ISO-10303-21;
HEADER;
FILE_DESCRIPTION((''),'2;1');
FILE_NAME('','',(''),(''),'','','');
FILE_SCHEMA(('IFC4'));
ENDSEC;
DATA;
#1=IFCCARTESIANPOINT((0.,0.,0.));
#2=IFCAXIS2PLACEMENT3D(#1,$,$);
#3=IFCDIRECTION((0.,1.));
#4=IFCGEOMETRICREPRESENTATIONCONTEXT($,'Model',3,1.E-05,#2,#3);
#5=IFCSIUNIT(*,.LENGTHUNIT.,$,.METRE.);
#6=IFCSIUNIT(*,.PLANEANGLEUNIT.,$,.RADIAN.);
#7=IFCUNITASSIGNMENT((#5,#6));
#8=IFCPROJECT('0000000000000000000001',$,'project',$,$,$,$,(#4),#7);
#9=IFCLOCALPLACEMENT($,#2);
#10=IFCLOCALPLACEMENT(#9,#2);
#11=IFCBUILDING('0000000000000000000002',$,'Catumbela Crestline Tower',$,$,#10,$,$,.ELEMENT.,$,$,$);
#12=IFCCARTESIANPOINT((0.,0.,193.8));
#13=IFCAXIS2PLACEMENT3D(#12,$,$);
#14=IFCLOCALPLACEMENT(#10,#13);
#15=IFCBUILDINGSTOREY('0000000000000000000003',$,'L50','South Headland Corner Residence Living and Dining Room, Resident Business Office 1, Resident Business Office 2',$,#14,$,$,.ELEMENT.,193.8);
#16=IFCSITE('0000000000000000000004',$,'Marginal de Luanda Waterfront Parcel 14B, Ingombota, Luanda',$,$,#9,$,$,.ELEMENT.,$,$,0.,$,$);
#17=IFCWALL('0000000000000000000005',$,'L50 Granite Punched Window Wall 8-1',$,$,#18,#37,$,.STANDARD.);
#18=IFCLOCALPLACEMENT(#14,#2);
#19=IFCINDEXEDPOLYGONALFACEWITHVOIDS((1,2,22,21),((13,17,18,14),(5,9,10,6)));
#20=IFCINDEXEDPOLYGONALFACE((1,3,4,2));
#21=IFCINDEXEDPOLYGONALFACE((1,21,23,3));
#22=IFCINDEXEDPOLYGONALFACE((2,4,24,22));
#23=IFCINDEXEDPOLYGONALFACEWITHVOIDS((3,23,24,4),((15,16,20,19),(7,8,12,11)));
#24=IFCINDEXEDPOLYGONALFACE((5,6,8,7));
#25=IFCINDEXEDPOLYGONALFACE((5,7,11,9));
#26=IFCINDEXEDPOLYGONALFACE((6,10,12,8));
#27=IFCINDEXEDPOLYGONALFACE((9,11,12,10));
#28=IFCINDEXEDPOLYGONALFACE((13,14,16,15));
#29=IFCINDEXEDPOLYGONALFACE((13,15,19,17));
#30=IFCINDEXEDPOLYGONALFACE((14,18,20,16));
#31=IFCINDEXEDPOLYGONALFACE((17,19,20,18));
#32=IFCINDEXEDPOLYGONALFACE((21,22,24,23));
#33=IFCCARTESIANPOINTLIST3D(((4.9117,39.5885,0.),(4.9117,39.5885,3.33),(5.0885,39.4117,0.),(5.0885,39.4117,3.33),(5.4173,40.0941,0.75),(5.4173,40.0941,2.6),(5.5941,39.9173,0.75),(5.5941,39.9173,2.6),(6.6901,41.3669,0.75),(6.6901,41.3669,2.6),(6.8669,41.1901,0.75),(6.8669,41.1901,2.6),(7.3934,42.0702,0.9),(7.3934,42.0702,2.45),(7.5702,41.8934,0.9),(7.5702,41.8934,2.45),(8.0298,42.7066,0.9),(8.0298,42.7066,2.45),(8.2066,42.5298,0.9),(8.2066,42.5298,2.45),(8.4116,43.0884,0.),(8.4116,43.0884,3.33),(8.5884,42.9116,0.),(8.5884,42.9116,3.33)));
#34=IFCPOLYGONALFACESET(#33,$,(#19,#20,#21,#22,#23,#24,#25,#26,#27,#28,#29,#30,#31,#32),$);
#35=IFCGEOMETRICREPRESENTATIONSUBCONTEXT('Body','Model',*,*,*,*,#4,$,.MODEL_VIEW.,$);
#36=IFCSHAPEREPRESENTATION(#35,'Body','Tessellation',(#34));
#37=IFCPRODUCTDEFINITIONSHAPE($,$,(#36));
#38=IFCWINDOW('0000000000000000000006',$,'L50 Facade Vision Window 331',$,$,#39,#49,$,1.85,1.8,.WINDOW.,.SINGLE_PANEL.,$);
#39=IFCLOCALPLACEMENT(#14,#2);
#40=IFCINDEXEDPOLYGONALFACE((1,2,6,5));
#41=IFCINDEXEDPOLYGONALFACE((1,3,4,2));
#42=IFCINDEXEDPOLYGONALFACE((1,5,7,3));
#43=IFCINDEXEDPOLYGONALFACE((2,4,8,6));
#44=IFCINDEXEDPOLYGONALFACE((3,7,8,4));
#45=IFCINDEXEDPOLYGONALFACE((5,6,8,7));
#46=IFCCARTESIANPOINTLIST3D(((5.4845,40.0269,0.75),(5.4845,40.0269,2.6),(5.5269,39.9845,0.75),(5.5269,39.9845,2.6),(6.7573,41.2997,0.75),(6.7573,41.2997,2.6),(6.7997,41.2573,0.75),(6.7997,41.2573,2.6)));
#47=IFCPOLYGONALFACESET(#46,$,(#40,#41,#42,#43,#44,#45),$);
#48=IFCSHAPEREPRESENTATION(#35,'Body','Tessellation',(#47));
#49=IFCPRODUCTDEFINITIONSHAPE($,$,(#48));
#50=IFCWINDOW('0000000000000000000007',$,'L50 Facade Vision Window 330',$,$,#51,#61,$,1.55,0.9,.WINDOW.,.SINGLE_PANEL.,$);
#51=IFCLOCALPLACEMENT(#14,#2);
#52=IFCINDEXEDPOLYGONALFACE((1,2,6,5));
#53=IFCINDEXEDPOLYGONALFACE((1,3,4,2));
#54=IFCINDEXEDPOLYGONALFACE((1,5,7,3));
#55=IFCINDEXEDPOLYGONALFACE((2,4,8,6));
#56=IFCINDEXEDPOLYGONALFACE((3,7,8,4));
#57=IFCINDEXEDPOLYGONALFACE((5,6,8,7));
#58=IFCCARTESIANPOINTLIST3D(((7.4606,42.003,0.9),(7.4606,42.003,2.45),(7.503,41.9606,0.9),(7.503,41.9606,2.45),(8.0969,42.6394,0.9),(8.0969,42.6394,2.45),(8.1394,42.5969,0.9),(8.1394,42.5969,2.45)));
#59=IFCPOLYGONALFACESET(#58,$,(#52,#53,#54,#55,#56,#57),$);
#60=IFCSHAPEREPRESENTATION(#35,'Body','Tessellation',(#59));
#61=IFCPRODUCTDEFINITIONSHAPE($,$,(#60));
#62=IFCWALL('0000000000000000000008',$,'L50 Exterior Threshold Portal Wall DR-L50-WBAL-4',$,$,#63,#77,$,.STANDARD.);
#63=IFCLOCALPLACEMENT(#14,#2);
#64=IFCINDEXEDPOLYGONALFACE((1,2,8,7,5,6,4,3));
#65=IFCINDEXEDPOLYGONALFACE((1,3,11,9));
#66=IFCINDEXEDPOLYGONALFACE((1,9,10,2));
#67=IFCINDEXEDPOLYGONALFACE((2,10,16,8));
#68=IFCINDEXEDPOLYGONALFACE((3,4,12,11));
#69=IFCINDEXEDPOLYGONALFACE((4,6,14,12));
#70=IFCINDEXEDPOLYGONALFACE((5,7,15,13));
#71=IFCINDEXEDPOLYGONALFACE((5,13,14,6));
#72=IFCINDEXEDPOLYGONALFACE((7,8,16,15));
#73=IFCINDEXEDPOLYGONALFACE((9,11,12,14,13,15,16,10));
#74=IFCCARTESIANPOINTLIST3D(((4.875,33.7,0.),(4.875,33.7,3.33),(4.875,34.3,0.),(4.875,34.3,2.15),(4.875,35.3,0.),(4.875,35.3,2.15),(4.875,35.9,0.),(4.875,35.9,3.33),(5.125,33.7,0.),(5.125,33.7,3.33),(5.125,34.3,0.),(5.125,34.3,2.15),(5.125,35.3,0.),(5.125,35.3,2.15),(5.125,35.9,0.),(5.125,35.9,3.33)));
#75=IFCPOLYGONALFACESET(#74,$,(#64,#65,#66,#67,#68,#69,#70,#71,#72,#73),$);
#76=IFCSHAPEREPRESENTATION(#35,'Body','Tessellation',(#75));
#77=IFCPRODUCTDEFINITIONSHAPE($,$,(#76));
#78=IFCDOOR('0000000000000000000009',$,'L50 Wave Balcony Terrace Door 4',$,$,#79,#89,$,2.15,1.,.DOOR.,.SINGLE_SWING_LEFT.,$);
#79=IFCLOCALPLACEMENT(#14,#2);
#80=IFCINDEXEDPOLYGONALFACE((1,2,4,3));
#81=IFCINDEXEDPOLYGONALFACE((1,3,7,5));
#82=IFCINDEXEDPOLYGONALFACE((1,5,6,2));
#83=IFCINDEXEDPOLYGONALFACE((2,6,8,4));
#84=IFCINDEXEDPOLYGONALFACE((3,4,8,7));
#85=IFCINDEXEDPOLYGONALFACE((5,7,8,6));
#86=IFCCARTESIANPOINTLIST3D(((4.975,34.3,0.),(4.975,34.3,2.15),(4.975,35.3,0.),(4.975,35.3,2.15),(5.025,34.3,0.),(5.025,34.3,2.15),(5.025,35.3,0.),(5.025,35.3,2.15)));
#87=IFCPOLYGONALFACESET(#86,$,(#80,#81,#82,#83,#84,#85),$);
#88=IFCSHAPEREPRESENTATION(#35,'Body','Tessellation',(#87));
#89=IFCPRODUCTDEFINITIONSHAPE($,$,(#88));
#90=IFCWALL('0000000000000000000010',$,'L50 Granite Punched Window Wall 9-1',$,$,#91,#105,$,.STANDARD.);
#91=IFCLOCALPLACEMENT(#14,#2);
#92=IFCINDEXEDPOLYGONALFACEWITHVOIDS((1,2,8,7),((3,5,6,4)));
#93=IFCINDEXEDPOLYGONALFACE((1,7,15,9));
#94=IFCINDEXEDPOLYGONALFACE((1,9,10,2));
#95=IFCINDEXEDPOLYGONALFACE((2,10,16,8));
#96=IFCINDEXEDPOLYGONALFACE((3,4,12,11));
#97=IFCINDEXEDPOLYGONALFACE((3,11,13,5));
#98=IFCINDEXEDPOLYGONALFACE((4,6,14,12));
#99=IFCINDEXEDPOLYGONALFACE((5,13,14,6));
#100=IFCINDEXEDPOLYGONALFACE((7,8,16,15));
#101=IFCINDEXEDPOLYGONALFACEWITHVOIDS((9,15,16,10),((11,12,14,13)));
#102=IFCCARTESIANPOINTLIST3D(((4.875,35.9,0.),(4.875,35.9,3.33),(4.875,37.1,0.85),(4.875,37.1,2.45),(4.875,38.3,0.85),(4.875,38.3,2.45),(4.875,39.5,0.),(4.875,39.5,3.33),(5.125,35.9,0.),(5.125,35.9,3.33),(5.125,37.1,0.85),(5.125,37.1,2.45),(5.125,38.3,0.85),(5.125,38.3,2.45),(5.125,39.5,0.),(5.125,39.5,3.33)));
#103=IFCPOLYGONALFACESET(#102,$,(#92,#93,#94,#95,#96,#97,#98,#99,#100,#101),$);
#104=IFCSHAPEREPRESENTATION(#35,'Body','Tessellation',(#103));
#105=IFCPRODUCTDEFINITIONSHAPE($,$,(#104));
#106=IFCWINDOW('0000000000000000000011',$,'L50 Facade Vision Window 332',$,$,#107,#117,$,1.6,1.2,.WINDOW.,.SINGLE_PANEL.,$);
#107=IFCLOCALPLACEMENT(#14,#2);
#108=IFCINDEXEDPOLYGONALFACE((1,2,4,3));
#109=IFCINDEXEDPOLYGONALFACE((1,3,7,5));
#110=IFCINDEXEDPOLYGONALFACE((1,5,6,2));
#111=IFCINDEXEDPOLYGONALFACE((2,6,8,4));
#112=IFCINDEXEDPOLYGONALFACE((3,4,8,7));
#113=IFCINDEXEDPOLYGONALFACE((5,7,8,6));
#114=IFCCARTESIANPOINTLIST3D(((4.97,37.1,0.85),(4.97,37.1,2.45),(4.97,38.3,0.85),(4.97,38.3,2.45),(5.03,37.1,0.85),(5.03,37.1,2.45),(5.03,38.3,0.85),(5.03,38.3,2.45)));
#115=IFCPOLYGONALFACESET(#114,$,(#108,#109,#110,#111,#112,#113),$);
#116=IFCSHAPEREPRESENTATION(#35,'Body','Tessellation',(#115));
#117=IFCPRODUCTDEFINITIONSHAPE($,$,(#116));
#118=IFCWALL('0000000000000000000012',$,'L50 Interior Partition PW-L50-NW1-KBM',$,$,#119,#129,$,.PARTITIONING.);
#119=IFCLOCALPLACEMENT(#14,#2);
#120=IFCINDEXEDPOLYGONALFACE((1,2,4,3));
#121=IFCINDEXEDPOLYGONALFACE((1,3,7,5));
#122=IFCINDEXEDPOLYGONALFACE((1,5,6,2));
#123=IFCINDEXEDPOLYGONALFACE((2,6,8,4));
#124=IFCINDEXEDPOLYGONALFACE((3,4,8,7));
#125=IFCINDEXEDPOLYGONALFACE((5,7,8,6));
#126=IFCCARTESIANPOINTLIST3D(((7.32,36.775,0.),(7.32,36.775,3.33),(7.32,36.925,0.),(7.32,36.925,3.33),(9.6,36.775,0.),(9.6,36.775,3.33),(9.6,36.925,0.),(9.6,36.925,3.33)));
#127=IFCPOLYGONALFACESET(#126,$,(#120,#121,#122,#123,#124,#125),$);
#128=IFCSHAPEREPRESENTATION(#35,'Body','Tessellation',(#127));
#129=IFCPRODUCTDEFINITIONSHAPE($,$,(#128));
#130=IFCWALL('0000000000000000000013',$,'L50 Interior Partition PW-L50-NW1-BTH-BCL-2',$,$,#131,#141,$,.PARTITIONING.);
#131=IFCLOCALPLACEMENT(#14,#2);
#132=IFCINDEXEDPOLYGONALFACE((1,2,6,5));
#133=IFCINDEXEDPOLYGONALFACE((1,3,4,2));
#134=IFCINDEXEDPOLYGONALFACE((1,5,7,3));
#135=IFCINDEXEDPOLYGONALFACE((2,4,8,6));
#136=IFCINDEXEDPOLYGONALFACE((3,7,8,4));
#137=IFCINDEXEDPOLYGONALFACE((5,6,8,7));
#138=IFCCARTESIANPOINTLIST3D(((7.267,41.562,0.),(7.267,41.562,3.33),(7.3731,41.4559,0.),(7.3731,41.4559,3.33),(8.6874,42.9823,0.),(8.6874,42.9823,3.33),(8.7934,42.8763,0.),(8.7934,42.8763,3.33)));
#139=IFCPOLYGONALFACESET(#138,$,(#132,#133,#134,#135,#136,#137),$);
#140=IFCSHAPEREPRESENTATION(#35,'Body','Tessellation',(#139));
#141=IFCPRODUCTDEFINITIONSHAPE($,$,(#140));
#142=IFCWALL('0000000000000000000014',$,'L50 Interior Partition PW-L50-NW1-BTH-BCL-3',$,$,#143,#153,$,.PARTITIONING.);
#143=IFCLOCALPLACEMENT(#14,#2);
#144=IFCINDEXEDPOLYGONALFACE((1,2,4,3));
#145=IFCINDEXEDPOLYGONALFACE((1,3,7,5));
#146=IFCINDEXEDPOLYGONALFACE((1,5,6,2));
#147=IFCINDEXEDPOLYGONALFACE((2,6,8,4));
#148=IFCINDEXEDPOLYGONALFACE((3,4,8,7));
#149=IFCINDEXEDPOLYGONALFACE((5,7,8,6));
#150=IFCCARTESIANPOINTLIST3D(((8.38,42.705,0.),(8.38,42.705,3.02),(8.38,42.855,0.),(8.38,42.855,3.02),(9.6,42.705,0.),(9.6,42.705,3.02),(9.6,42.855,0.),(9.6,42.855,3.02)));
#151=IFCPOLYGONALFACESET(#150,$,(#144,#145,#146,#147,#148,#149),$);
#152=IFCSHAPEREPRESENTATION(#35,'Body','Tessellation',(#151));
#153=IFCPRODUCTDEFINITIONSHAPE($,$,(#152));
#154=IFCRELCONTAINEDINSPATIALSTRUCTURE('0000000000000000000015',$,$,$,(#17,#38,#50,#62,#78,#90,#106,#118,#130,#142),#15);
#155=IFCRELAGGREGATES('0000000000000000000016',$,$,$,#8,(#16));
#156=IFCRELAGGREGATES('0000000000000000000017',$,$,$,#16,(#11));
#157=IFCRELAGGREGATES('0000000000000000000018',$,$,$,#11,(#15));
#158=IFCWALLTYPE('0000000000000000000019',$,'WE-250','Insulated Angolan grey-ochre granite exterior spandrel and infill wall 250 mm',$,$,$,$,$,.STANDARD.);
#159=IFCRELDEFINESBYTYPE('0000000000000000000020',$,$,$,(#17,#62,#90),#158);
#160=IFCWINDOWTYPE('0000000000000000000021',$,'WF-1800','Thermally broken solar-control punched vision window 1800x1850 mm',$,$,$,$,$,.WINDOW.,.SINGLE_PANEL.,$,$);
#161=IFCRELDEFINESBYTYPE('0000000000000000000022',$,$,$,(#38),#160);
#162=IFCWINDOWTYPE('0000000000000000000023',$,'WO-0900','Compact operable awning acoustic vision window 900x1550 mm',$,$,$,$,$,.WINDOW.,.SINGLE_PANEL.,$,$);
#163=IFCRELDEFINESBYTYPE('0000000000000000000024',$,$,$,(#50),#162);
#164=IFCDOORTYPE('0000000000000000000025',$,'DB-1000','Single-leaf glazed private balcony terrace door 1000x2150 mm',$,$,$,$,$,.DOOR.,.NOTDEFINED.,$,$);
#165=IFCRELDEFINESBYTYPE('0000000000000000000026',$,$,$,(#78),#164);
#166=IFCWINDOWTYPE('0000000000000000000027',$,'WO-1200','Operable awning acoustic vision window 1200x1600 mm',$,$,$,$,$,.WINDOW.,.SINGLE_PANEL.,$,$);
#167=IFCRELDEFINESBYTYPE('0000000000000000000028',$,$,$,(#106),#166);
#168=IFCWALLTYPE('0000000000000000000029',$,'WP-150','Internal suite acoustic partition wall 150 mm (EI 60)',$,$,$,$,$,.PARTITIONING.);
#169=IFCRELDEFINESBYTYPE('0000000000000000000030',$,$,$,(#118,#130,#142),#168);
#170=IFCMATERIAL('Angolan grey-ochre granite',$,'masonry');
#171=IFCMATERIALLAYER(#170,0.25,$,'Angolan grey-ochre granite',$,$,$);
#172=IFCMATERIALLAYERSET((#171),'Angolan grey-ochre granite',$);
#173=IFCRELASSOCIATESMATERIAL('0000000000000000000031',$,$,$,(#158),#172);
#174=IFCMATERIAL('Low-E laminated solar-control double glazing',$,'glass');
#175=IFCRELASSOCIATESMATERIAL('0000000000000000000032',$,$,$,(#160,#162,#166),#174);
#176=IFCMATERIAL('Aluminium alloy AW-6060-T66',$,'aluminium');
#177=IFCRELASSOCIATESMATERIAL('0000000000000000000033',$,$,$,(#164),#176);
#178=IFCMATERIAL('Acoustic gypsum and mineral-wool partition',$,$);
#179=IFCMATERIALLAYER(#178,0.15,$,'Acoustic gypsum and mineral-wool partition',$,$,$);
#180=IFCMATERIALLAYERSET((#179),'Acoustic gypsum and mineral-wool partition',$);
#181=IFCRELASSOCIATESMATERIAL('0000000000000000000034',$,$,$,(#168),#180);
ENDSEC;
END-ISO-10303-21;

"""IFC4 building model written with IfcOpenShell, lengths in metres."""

from ifc_helpers import new_model, si_unit, direction, frame, frame_2d, origin, place, context, subcontext, project, spatial, rectangle, extrude, material, layer, layer_set, type_object, element, fill, save


model = new_model("IFC4")

# Units and contexts
model_context = context("Model", 3, precision=1e-05, world=origin(), true_north=direction((0.0, 1.0)))
body_context = subcontext(model_context, "Body", "Model", "MODEL_VIEW")
ifc_project = project(units=[si_unit("LENGTHUNIT", "METRE"), si_unit("PLANEANGLEUNIT", "RADIAN")], contexts=[model_context])

# Site, building, storey
site_placement = place(None, origin())
site = spatial("IfcSite", under=ifc_project, at=site_placement, Name="Marginal de Luanda Waterfront Parcel 14B, Ingombota, Luanda", CompositionType="ELEMENT", RefElevation=0.0)
building_placement = place(site_placement, origin())
building = spatial("IfcBuilding", under=site, at=building_placement, Name="Catumbela Crestline Tower", CompositionType="ELEMENT")
storey_placement = place(building_placement, frame((0.0, 0.0, 193.8)))
storey = spatial("IfcBuildingStorey", under=building, at=storey_placement, Name="L50", Description="South Headland Corner Residence Living and Dining Room, Resident Business Office 1, Resident Business Office 2", CompositionType="ELEMENT", Elevation=193.8)

# Shared definitions
ifc_material_1 = material(Name="Aluminium alloy AW-6060-T66", Category="aluminium")

# Shared definitions
ifc_material_2 = material(Name="Low-E laminated solar-control double glazing", Category="glass")

# Wall, openings, windows
ifc_material_3 = material(Name="Angolan grey-ochre granite", Category="masonry")
ifc_layer_1 = layer(ifc_material_3, 0.25, Name="Angolan grey-ochre granite")
ifc_layer_set_1 = layer_set([ifc_layer_1], Name="Angolan grey-ochre granite")
wall_type_1 = type_object("IfcWallType", Name="WE-250", Description="Insulated Angolan grey-ochre granite exterior spandrel and infill wall 250 mm", PredefinedType="STANDARD", material=ifc_layer_set_1)
wall_1_placement = place(storey_placement, frame((8.5, 43.0, 0.0), z_axis=(0.0, 0.0, 1.0), x_axis=(-0.707107, -0.707107, 0.0)))
wall_1 = element("IfcWall", 1, at=wall_1_placement, inside=storey, type_object=wall_type_1, Name="L50 Granite Punched Window Wall 8-1", PredefinedType="STANDARD", context=body_context, shape_type="SweptSolid", body=[
    extrude(rectangle(XDim=4.9497, YDim=0.25, at=frame_2d((2.4748, 0.0))), origin(), (0.0, 0.0, 1.0), 3.33),
])
opening_1_placement = place(wall_1_placement, frame((0.54, 0.0, 0.9)))
opening_1 = element("IfcOpeningElement", 2, at=opening_1_placement, cuts=wall_1, PredefinedType="OPENING", context=body_context, shape_type="SweptSolid", body=[
    extrude(rectangle(XDim=0.9, YDim=1.55, at=frame_2d((0.45, 0.775))), frame((0.0, 0.135, 0.0), z_axis=(0.0, -1.0, 0.0), x_axis=(1.0, 0.0, 0.0)), (0.0, 0.0, 1.0), 0.27),
])
opening_2_placement = place(wall_1_placement, frame((2.4346, 0.0, 0.75)))
opening_2 = element("IfcOpeningElement", 3, at=opening_2_placement, cuts=wall_1, PredefinedType="OPENING", context=body_context, shape_type="SweptSolid", body=[
    extrude(rectangle(XDim=1.8, YDim=1.85, at=frame_2d((0.9, 0.925))), frame((0.0, 0.135, 0.0), z_axis=(0.0, -1.0, 0.0), x_axis=(1.0, 0.0, 0.0)), (0.0, 0.0, 1.0), 0.27),
])
window_type_1 = type_object("IfcWindowType", Name="WF-1800", Description="Thermally broken solar-control punched vision window 1800x1850 mm", PartitioningType="SINGLE_PANEL", PredefinedType="WINDOW", material=ifc_material_2)
window_1_placement = place(opening_2_placement, origin())
window_1 = element("IfcWindow", 4, at=window_1_placement, inside=storey, type_object=window_type_1, Name="L50 Facade Vision Window 331", OverallHeight=1.85, OverallWidth=1.8, PartitioningType="SINGLE_PANEL", PredefinedType="WINDOW", context=body_context, shape_type="SweptSolid", body=[
    extrude(rectangle(XDim=1.8, YDim=1.85, at=frame_2d((0.9, 0.925))), frame((0.0, 0.03, 0.0), z_axis=(0.0, -1.0, 0.0), x_axis=(1.0, 0.0, 0.0)), (0.0, 0.0, 1.0), 0.06),
])
fill(opening_2, window_1)
window_type_2 = type_object("IfcWindowType", Name="WO-0900", Description="Compact operable awning acoustic vision window 900x1550 mm", PartitioningType="SINGLE_PANEL", PredefinedType="WINDOW", material=ifc_material_2)
window_2_placement = place(opening_1_placement, origin())
window_2 = element("IfcWindow", 5, at=window_2_placement, inside=storey, type_object=window_type_2, Name="L50 Facade Vision Window 330", OverallHeight=1.55, OverallWidth=0.9, PartitioningType="SINGLE_PANEL", PredefinedType="WINDOW", context=body_context, shape_type="SweptSolid", body=[
    extrude(rectangle(XDim=0.9, YDim=1.55, at=frame_2d((0.45, 0.775))), frame((0.0, 0.03, 0.0), z_axis=(0.0, -1.0, 0.0), x_axis=(1.0, 0.0, 0.0)), (0.0, 0.0, 1.0), 0.06),
])
fill(opening_1, window_2)

# Wall, opening, door
wall_2_placement = place(storey_placement, frame((5.0, 35.9, 0.0), z_axis=(0.0, 0.0, 1.0), x_axis=(0.0, -1.0, 0.0)))
wall_2 = element("IfcWall", 6, at=wall_2_placement, inside=storey, type_object=wall_type_1, Name="L50 Exterior Threshold Portal Wall DR-L50-WBAL-4", PredefinedType="STANDARD", context=body_context, shape_type="SweptSolid", body=[
    extrude(rectangle(XDim=2.2, YDim=0.25, at=frame_2d((1.1, 0.0))), origin(), (0.0, 0.0, 1.0), 3.33),
])
opening_3_placement = place(wall_2_placement, frame((0.6, 0.0, 0.0)))
opening_3 = element("IfcOpeningElement", 7, at=opening_3_placement, cuts=wall_2, PredefinedType="OPENING", context=body_context, shape_type="SweptSolid", body=[
    extrude(rectangle(XDim=1.0, YDim=2.15, at=frame_2d((0.5, 1.075))), frame((0.0, 0.135, 0.0), z_axis=(0.0, -1.0, 0.0), x_axis=(1.0, 0.0, 0.0)), (0.0, 0.0, 1.0), 0.27),
])
door_type = type_object("IfcDoorType", Name="DB-1000", Description="Single-leaf glazed private balcony terrace door 1000x2150 mm", OperationType="NOTDEFINED", PredefinedType="DOOR", material=ifc_material_1)
door_placement = place(opening_3_placement, origin())
door = element("IfcDoor", 8, at=door_placement, inside=storey, type_object=door_type, Name="L50 Wave Balcony Terrace Door 4", OperationType="SINGLE_SWING_LEFT", OverallHeight=2.15, OverallWidth=1.0, PredefinedType="DOOR", context=body_context, shape_type="SweptSolid", body=[
    extrude(rectangle(XDim=1.0, YDim=2.15, at=frame_2d((0.5, 1.075))), frame((0.0, 0.025, 0.0), z_axis=(0.0, -1.0, 0.0), x_axis=(1.0, 0.0, 0.0)), (0.0, 0.0, 1.0), 0.05),
])
fill(opening_3, door)

# Wall, opening, window
wall_3_placement = place(storey_placement, frame((5.0, 39.5, 0.0), z_axis=(0.0, 0.0, 1.0), x_axis=(0.0, -1.0, 0.0)))
wall_3 = element("IfcWall", 9, at=wall_3_placement, inside=storey, type_object=wall_type_1, Name="L50 Granite Punched Window Wall 9-1", PredefinedType="STANDARD", context=body_context, shape_type="SweptSolid", body=[
    extrude(rectangle(XDim=3.6, YDim=0.25, at=frame_2d((1.8, 0.0))), origin(), (0.0, 0.0, 1.0), 3.33),
])
opening_4_placement = place(wall_3_placement, frame((1.2, 0.0, 0.85)))
opening_4 = element("IfcOpeningElement", 10, at=opening_4_placement, cuts=wall_3, PredefinedType="OPENING", context=body_context, shape_type="SweptSolid", body=[
    extrude(rectangle(XDim=1.2, YDim=1.6, at=frame_2d((0.6, 0.8))), frame((0.0, 0.135, 0.0), z_axis=(0.0, -1.0, 0.0), x_axis=(1.0, 0.0, 0.0)), (0.0, 0.0, 1.0), 0.27),
])
window_type_3 = type_object("IfcWindowType", Name="WO-1200", Description="Operable awning acoustic vision window 1200x1600 mm", PartitioningType="SINGLE_PANEL", PredefinedType="WINDOW", material=ifc_material_2)
window_3_placement = place(opening_4_placement, origin())
window_3 = element("IfcWindow", 11, at=window_3_placement, inside=storey, type_object=window_type_3, Name="L50 Facade Vision Window 332", OverallHeight=1.6, OverallWidth=1.2, PartitioningType="SINGLE_PANEL", PredefinedType="WINDOW", context=body_context, shape_type="SweptSolid", body=[
    extrude(rectangle(XDim=1.2, YDim=1.6, at=frame_2d((0.6, 0.8))), frame((0.0, 0.03, 0.0), z_axis=(0.0, -1.0, 0.0), x_axis=(1.0, 0.0, 0.0)), (0.0, 0.0, 1.0), 0.06),
])
fill(opening_4, window_3)

# Walls
ifc_material_4 = material(Name="Acoustic gypsum and mineral-wool partition")
ifc_layer_2 = layer(ifc_material_4, 0.15, Name="Acoustic gypsum and mineral-wool partition")
ifc_layer_set_2 = layer_set([ifc_layer_2], Name="Acoustic gypsum and mineral-wool partition")
wall_type_2 = type_object("IfcWallType", Name="WP-150", Description="Internal suite acoustic partition wall 150 mm (EI 60)", PredefinedType="PARTITIONING", material=ifc_layer_set_2)
wall_4_placement = place(storey_placement, frame((7.32, 36.85, 0.0), z_axis=(0.0, 0.0, 1.0), x_axis=(1.0, 0.0, 0.0)))
element("IfcWall", 12, at=wall_4_placement, inside=storey, type_object=wall_type_2, Name="L50 Interior Partition PW-L50-NW1-KBM", PredefinedType="PARTITIONING", context=body_context, shape_type="SweptSolid", body=[
    extrude(rectangle(XDim=2.28, YDim=0.15, at=frame_2d((1.14, 0.0))), origin(), (0.0, 0.0, 1.0), 3.33),
])
wall_5_placement = place(storey_placement, frame((7.32, 41.5089, 0.0), z_axis=(0.0, 0.0, 1.0), x_axis=(0.707107, 0.707107, 0.0)))
element("IfcWall", 13, at=wall_5_placement, inside=storey, type_object=wall_type_2, Name="L50 Interior Partition PW-L50-NW1-BTH-BCL-2", PredefinedType="PARTITIONING", context=body_context, shape_type="SweptSolid", body=[
    extrude(rectangle(XDim=2.0087, YDim=0.15, at=frame_2d((1.0044, 0.0))), origin(), (0.0, 0.0, 1.0), 3.33),
])
wall_6_placement = place(storey_placement, frame((8.38, 42.78, 0.0), z_axis=(0.0, 0.0, 1.0), x_axis=(1.0, 0.0, 0.0)))
element("IfcWall", 14, at=wall_6_placement, inside=storey, type_object=wall_type_2, Name="L50 Interior Partition PW-L50-NW1-BTH-BCL-3", PredefinedType="PARTITIONING", context=body_context, shape_type="SweptSolid", body=[
    extrude(rectangle(XDim=1.22, YDim=0.15, at=frame_2d((0.61, 0.0))), origin(), (0.0, 0.0, 1.0), 3.02),
])

save(model, "model.ifc")
